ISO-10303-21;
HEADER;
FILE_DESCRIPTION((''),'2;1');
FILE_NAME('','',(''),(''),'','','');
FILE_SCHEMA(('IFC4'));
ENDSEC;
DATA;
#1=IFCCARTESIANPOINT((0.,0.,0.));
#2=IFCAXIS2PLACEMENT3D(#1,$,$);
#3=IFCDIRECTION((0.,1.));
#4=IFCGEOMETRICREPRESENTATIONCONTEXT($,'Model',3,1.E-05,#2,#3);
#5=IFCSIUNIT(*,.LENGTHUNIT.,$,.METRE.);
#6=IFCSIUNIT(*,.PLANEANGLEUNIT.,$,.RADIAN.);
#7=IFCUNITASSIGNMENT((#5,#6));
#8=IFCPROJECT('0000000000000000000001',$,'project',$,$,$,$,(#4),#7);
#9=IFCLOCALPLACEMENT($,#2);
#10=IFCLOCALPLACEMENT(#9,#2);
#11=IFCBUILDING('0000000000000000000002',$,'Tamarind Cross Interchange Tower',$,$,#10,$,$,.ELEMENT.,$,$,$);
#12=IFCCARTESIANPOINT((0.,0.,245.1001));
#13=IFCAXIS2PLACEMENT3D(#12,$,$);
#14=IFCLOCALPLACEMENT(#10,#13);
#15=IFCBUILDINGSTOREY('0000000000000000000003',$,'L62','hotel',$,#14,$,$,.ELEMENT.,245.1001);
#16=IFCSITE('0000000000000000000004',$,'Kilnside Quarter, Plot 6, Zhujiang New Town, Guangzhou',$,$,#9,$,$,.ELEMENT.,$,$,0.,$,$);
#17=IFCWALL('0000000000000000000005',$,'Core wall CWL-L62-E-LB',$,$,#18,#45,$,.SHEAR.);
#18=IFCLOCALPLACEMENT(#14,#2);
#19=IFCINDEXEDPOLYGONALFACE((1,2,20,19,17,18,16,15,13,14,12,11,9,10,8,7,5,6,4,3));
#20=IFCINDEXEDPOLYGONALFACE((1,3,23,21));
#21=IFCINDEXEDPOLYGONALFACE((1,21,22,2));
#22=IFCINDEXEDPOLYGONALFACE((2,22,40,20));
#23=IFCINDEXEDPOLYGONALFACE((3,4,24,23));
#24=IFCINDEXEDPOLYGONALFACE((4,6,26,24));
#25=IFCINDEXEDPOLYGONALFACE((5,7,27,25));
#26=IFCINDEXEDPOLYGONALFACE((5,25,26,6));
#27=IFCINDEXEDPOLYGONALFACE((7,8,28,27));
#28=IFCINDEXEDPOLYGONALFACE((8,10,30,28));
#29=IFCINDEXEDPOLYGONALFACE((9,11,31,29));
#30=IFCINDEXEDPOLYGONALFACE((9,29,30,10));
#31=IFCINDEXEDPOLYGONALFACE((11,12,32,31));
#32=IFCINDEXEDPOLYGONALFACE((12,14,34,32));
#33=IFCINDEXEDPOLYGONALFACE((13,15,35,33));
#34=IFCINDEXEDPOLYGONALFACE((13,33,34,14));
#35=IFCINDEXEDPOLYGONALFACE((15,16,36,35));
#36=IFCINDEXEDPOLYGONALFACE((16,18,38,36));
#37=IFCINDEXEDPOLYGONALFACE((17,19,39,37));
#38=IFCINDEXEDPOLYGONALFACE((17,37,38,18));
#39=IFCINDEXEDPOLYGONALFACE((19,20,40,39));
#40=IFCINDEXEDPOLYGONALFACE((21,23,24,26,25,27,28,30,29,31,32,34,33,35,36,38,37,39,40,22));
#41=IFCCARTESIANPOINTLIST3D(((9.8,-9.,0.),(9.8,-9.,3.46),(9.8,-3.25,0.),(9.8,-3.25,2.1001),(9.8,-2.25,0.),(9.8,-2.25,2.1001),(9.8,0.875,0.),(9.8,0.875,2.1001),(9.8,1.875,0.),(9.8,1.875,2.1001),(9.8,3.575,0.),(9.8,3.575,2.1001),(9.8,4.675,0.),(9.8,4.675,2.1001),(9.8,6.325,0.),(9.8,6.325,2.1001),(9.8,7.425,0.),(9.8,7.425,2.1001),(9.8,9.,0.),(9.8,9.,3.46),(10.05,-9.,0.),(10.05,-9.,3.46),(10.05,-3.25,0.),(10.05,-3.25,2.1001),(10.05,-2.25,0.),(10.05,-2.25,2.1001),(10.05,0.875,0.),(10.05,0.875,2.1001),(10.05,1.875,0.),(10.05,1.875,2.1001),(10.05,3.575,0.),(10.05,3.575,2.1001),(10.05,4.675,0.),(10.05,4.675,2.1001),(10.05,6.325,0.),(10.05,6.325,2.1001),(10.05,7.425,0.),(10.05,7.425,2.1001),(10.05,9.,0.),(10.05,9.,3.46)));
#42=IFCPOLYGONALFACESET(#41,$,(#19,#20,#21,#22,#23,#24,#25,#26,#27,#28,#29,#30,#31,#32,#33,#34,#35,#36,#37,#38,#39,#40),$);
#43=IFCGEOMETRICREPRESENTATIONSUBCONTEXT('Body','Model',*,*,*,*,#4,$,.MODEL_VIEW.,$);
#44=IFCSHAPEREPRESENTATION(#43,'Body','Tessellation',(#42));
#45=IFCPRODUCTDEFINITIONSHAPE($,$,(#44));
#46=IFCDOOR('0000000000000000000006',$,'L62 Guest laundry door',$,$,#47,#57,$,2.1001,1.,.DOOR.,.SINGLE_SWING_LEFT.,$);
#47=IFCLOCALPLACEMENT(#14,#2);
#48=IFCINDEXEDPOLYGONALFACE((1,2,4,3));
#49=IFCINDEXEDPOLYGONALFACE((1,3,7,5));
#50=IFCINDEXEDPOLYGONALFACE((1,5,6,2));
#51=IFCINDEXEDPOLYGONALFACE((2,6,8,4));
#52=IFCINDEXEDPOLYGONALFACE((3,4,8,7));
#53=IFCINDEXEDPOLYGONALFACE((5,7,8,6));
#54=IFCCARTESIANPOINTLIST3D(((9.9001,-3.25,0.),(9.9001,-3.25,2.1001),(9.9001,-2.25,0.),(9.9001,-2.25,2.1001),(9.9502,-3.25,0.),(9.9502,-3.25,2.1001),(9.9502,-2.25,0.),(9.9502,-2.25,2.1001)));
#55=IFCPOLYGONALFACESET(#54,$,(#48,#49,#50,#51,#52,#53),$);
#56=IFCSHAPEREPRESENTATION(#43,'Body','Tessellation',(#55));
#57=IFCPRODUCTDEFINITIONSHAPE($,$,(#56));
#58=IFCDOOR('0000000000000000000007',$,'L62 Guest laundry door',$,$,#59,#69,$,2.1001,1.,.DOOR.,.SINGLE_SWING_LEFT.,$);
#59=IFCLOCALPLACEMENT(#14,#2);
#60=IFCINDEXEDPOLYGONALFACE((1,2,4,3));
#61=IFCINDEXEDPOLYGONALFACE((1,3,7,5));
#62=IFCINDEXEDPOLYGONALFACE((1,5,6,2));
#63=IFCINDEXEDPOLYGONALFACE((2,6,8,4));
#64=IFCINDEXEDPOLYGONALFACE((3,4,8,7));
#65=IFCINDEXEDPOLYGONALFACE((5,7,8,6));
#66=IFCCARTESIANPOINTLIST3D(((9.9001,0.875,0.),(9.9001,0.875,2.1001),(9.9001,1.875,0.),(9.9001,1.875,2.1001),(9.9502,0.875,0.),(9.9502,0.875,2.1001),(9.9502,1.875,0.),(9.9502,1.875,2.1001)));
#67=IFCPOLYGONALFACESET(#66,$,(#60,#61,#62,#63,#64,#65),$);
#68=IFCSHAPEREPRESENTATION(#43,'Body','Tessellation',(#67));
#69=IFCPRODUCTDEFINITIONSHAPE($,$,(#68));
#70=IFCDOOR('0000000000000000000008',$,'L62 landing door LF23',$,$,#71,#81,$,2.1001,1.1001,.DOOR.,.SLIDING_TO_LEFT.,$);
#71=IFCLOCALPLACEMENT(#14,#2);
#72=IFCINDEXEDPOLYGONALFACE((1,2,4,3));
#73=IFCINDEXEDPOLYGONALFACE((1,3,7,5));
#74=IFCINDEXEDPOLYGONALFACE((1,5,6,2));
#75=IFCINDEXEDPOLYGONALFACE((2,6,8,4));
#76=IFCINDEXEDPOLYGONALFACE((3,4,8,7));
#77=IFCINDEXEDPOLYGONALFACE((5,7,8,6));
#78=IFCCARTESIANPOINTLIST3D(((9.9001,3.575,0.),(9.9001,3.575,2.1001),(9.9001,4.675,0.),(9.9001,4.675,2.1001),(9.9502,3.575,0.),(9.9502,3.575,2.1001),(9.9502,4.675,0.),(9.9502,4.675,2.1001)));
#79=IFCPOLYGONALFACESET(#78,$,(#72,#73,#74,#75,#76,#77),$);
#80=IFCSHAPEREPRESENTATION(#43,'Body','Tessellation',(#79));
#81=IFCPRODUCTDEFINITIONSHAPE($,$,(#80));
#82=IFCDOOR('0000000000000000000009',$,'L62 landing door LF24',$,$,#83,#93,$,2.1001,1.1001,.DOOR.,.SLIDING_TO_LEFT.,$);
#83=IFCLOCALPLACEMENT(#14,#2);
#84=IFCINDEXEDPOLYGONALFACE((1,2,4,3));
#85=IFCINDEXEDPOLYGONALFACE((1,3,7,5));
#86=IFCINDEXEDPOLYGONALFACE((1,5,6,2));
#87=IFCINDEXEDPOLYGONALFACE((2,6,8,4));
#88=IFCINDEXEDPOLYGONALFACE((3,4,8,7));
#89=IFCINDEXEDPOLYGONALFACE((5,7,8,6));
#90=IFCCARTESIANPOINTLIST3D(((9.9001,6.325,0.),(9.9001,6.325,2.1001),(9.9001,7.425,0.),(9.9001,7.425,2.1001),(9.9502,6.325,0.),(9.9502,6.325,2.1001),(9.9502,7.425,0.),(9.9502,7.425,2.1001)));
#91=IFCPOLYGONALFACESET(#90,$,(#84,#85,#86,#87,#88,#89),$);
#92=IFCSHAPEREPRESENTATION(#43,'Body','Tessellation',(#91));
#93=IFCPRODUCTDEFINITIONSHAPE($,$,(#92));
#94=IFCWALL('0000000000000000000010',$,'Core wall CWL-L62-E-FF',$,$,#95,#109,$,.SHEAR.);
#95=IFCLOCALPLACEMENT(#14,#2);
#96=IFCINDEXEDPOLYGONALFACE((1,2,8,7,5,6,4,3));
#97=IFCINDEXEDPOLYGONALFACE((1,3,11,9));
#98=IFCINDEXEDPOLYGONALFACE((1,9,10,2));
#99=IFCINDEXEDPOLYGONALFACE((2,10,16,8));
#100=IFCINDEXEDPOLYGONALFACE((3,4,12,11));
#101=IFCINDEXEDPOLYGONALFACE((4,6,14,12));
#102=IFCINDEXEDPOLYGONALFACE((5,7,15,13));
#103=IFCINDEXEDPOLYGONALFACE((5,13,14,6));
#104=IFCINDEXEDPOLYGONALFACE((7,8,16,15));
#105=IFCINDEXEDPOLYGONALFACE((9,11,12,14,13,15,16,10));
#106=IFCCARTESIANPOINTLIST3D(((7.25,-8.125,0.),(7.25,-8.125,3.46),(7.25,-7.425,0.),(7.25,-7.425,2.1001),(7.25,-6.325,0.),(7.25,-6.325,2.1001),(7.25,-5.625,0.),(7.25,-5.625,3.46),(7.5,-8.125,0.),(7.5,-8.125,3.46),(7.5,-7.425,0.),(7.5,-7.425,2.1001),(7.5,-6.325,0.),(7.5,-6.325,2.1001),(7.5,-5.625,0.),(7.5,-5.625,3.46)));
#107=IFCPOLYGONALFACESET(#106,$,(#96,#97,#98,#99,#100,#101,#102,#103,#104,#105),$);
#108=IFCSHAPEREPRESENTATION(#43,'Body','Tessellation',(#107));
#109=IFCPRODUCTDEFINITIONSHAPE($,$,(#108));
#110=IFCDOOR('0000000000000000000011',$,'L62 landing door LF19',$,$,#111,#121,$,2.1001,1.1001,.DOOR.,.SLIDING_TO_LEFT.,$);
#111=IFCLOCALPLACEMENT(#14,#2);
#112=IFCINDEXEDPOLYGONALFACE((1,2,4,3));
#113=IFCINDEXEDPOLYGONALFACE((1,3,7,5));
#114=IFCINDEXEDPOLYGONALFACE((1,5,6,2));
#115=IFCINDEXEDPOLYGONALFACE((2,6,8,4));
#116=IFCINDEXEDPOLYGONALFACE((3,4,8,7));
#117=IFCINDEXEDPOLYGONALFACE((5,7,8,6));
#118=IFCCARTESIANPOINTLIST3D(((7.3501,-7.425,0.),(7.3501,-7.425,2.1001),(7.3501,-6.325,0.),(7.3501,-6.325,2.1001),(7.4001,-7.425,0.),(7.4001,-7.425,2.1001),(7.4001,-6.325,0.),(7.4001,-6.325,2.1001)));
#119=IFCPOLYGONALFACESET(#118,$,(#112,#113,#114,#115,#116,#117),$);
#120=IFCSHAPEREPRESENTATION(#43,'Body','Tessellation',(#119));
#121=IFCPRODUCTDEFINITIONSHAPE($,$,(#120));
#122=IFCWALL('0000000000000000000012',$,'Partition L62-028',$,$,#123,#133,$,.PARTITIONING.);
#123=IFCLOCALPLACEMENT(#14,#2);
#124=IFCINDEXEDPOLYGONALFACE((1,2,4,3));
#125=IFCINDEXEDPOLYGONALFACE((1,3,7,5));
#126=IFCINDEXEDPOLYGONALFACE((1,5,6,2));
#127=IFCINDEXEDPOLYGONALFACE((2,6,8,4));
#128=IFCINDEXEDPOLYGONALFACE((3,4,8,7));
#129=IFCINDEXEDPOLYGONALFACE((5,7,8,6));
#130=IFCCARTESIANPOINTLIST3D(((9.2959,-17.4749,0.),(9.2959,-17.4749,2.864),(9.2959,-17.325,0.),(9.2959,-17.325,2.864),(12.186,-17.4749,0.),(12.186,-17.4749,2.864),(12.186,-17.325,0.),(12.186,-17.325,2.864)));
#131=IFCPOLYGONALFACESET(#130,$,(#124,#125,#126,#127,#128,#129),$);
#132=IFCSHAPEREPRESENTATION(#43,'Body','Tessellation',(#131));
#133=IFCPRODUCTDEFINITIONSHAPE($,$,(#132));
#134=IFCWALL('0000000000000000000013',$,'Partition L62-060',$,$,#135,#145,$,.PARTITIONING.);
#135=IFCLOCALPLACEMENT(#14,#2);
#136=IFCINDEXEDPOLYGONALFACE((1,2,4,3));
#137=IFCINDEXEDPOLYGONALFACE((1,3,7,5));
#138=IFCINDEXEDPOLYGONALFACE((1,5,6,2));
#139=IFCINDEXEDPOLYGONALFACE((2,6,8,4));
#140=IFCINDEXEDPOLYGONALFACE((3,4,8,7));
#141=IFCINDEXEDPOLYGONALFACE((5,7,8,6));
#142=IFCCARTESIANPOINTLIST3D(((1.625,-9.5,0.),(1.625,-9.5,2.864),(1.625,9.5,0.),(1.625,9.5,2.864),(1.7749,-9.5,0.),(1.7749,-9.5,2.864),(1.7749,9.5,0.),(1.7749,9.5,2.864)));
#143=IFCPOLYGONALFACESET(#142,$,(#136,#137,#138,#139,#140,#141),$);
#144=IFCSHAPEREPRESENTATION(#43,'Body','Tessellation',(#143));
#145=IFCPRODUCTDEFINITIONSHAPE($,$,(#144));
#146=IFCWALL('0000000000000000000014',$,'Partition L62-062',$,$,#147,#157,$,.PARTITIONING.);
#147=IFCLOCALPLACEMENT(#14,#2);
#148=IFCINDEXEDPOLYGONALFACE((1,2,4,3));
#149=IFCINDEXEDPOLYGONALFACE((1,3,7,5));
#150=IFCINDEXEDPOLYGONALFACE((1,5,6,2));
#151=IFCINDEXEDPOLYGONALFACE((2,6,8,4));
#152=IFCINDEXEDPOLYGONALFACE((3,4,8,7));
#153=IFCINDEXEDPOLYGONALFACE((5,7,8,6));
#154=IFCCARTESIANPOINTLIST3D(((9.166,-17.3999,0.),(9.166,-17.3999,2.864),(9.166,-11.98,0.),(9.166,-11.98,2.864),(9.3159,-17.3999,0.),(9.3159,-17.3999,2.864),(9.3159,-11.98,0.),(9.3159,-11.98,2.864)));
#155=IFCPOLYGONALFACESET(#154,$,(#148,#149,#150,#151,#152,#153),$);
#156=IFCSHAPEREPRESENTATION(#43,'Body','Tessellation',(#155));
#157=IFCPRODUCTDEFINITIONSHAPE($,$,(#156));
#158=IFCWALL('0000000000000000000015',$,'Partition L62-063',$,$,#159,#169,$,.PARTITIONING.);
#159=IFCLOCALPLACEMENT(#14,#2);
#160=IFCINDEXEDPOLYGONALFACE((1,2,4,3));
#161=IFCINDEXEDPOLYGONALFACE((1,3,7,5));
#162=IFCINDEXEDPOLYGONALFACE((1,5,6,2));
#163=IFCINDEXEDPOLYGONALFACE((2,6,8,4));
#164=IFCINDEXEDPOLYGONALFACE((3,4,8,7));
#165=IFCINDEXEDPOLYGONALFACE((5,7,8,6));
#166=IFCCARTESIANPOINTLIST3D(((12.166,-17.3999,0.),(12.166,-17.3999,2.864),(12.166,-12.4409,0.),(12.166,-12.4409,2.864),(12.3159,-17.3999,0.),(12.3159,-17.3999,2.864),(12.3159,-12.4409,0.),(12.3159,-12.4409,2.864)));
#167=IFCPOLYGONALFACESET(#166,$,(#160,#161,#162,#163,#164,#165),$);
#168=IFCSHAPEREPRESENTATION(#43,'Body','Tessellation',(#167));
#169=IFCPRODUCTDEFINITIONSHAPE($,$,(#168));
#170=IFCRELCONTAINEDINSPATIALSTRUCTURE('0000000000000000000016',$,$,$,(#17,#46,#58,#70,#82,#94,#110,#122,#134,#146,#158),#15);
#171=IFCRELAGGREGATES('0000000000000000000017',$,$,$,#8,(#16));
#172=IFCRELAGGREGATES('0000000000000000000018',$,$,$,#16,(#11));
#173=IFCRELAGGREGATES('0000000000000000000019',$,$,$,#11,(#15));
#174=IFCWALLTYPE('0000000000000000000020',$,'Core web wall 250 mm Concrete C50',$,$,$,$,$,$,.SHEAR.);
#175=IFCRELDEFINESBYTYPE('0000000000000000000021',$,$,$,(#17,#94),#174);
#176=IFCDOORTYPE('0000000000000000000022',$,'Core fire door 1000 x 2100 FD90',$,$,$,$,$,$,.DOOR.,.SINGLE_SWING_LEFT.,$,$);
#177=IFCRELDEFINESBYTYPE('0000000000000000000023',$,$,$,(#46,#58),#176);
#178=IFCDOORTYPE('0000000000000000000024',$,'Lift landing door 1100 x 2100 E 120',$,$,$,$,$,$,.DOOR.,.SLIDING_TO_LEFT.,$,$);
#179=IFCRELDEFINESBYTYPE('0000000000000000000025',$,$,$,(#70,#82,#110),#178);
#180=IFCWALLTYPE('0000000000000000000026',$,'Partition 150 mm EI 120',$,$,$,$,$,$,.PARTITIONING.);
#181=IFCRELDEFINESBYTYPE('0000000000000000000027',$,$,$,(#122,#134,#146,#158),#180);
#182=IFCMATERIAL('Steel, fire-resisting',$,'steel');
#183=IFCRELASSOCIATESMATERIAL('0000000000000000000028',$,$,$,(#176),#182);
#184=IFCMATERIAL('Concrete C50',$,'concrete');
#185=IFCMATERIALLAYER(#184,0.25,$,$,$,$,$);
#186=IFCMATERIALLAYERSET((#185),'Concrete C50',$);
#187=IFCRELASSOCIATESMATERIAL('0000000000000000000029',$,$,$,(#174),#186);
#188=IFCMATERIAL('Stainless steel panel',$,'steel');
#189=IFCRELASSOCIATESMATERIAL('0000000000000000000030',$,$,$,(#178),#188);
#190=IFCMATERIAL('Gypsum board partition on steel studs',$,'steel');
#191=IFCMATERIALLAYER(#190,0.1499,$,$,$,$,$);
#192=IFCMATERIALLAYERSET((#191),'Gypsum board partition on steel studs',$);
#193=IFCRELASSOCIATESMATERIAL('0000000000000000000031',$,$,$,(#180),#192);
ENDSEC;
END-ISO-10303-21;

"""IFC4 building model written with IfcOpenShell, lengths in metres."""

from ifc_helpers import new_model, si_unit, direction, frame, frame_2d, origin, place, context, subcontext, project, spatial, rectangle, extrude, material, layer, layer_set, type_object, element, fill, save


model = new_model("IFC4")

# Units and contexts
model_context = context("Model", 3, precision=1e-05, world=origin(), true_north=direction((0.0, 1.0)))
body_context = subcontext(model_context, "Body", "Model", "MODEL_VIEW")
ifc_project = project(units=[si_unit("LENGTHUNIT", "METRE"), si_unit("PLANEANGLEUNIT", "RADIAN")], contexts=[model_context])

# Site, building, storey
site_placement = place(None, origin())
site = spatial("IfcSite", under=ifc_project, at=site_placement, Name="Kilnside Quarter, Plot 6, Zhujiang New Town, Guangzhou", CompositionType="ELEMENT", RefElevation=0.0)
building_placement = place(site_placement, origin())
building = spatial("IfcBuilding", under=site, at=building_placement, Name="Tamarind Cross Interchange Tower", CompositionType="ELEMENT")
storey_placement = place(building_placement, frame((0.0, 0.0, 245.1001)))
storey = spatial("IfcBuildingStorey", under=building, at=storey_placement, Name="L62", Description="hotel", CompositionType="ELEMENT", Elevation=245.1001)

# Shared definitions
ifc_material_1 = material(Name="Concrete C50", Category="concrete")
ifc_material_2 = material(Name="Steel, fire-resisting", Category="steel")
door_type_1 = type_object("IfcDoorType", Name="Core fire door 1000 x 2100 FD90", OperationType="SINGLE_SWING_LEFT", PredefinedType="DOOR", material=ifc_material_2)

# Shared definitions
ifc_layer_1 = layer(ifc_material_1, 0.25)
ifc_layer_set_1 = layer_set([ifc_layer_1], Name="Concrete C50")
wall_type_1 = type_object("IfcWallType", Name="Core web wall 250 mm Concrete C50", PredefinedType="SHEAR", material=ifc_layer_set_1)

# Wall, openings, doors
wall_1_placement = place(storey_placement, frame((9.925, -9.0, 0.0), z_axis=(0.0, 0.0, 1.0), x_axis=(0.0, 1.0, 0.0)))
wall_1 = element("IfcWall", 1, at=wall_1_placement, inside=storey, type_object=wall_type_1, Name="Core wall CWL-L62-E-LB", PredefinedType="SHEAR", context=body_context, shape_type="SweptSolid", body=[
    extrude(rectangle(XDim=18.0, YDim=0.25, at=frame_2d((9.0, 0.0))), origin(), (0.0, 0.0, 1.0), 3.46),
])
opening_1_placement = place(wall_1_placement, frame((12.575, 0.0, 0.0)))
opening_1 = element("IfcOpeningElement", 2, at=opening_1_placement, cuts=wall_1, PredefinedType="OPENING", context=body_context, shape_type="SweptSolid", body=[
    extrude(rectangle(XDim=1.1001, YDim=2.1001, at=frame_2d((0.55, 1.05))), frame((0.0, 0.135, 0.0), z_axis=(0.0, -1.0, 0.0), x_axis=(1.0, 0.0, 0.0)), (0.0, 0.0, 1.0), 0.27),
])
opening_2_placement = place(wall_1_placement, frame((15.325, 0.0, 0.0)))
opening_2 = element("IfcOpeningElement", 3, at=opening_2_placement, cuts=wall_1, PredefinedType="OPENING", context=body_context, shape_type="SweptSolid", body=[
    extrude(rectangle(XDim=1.1001, YDim=2.1001, at=frame_2d((0.55, 1.05))), frame((0.0, 0.135, 0.0), z_axis=(0.0, -1.0, 0.0), x_axis=(1.0, 0.0, 0.0)), (0.0, 0.0, 1.0), 0.27),
])
opening_3_placement = place(wall_1_placement, frame((5.75, 0.0, 0.0)))
opening_3 = element("IfcOpeningElement", 4, at=opening_3_placement, cuts=wall_1, PredefinedType="OPENING", context=body_context, shape_type="SweptSolid", body=[
    extrude(rectangle(XDim=1.0, YDim=2.1001, at=frame_2d((0.5, 1.05))), frame((0.0, 0.135, 0.0), z_axis=(0.0, -1.0, 0.0), x_axis=(1.0, 0.0, 0.0)), (0.0, 0.0, 1.0), 0.27),
])
opening_4_placement = place(wall_1_placement, frame((9.875, 0.0, 0.0)))
opening_4 = element("IfcOpeningElement", 5, at=opening_4_placement, cuts=wall_1, PredefinedType="OPENING", context=body_context, shape_type="SweptSolid", body=[
    extrude(rectangle(XDim=1.0, YDim=2.1001, at=frame_2d((0.5, 1.05))), frame((0.0, 0.135, 0.0), z_axis=(0.0, -1.0, 0.0), x_axis=(1.0, 0.0, 0.0)), (0.0, 0.0, 1.0), 0.27),
])
door_1_placement = place(opening_3_placement, origin())
door_1 = element("IfcDoor", 6, at=door_1_placement, inside=storey, type_object=door_type_1, Name="L62 Guest laundry door", OperationType="SINGLE_SWING_LEFT", OverallHeight=2.1001, OverallWidth=1.0, PredefinedType="DOOR", context=body_context, shape_type="SweptSolid", body=[
    extrude(rectangle(XDim=1.0, YDim=2.1001, at=frame_2d((0.5, 1.05))), frame((0.0, 0.0249, 0.0), z_axis=(0.0, -1.0, 0.0), x_axis=(1.0, 0.0, 0.0)), (0.0, 0.0, 1.0), 0.05),
])
fill(opening_3, door_1)
door_2_placement = place(opening_4_placement, origin())
door_2 = element("IfcDoor", 7, at=door_2_placement, inside=storey, type_object=door_type_1, Name="L62 Guest laundry door", OperationType="SINGLE_SWING_LEFT", OverallHeight=2.1001, OverallWidth=1.0, PredefinedType="DOOR", context=body_context, shape_type="SweptSolid", body=[
    extrude(rectangle(XDim=1.0, YDim=2.1001, at=frame_2d((0.5, 1.05))), frame((0.0, 0.0249, 0.0), z_axis=(0.0, -1.0, 0.0), x_axis=(1.0, 0.0, 0.0)), (0.0, 0.0, 1.0), 0.05),
])
fill(opening_4, door_2)
ifc_material_3 = material(Name="Stainless steel panel", Category="steel")
door_type_2 = type_object("IfcDoorType", Name="Lift landing door 1100 x 2100 E 120", OperationType="SLIDING_TO_LEFT", PredefinedType="DOOR", material=ifc_material_3)
door_3_placement = place(opening_1_placement, origin())
door_3 = element("IfcDoor", 8, at=door_3_placement, inside=storey, type_object=door_type_2, Name="L62 landing door LF23", OperationType="SLIDING_TO_LEFT", OverallHeight=2.1001, OverallWidth=1.1001, PredefinedType="DOOR", context=body_context, shape_type="SweptSolid", body=[
    extrude(rectangle(XDim=1.1001, YDim=2.1001, at=frame_2d((0.55, 1.05))), frame((0.0, 0.0249, 0.0), z_axis=(0.0, -1.0, 0.0), x_axis=(1.0, 0.0, 0.0)), (0.0, 0.0, 1.0), 0.05),
])
fill(opening_1, door_3)
door_4_placement = place(opening_2_placement, origin())
door_4 = element("IfcDoor", 9, at=door_4_placement, inside=storey, type_object=door_type_2, Name="L62 landing door LF24", OperationType="SLIDING_TO_LEFT", OverallHeight=2.1001, OverallWidth=1.1001, PredefinedType="DOOR", context=body_context, shape_type="SweptSolid", body=[
    extrude(rectangle(XDim=1.1001, YDim=2.1001, at=frame_2d((0.55, 1.05))), frame((0.0, 0.0249, 0.0), z_axis=(0.0, -1.0, 0.0), x_axis=(1.0, 0.0, 0.0)), (0.0, 0.0, 1.0), 0.05),
])
fill(opening_2, door_4)

# Wall, opening, door
wall_2_placement = place(storey_placement, frame((7.375, -8.125, 0.0), z_axis=(0.0, 0.0, 1.0), x_axis=(0.0, 1.0, 0.0)))
wall_2 = element("IfcWall", 10, at=wall_2_placement, inside=storey, type_object=wall_type_1, Name="Core wall CWL-L62-E-FF", PredefinedType="SHEAR", context=body_context, shape_type="SweptSolid", body=[
    extrude(rectangle(XDim=2.5, YDim=0.25, at=frame_2d((1.25, 0.0))), origin(), (0.0, 0.0, 1.0), 3.46),
])
opening_5_placement = place(wall_2_placement, frame((0.7, 0.0, 0.0)))
opening_5 = element("IfcOpeningElement", 11, at=opening_5_placement, cuts=wall_2, PredefinedType="OPENING", context=body_context, shape_type="SweptSolid", body=[
    extrude(rectangle(XDim=1.1001, YDim=2.1001, at=frame_2d((0.55, 1.05))), frame((0.0, 0.135, 0.0), z_axis=(0.0, -1.0, 0.0), x_axis=(1.0, 0.0, 0.0)), (0.0, 0.0, 1.0), 0.27),
])
door_5_placement = place(opening_5_placement, origin())
door_5 = element("IfcDoor", 12, at=door_5_placement, inside=storey, type_object=door_type_2, Name="L62 landing door LF19", OperationType="SLIDING_TO_LEFT", OverallHeight=2.1001, OverallWidth=1.1001, PredefinedType="DOOR", context=body_context, shape_type="SweptSolid", body=[
    extrude(rectangle(XDim=1.1001, YDim=2.1001, at=frame_2d((0.55, 1.05))), frame((0.0, 0.0249, 0.0), z_axis=(0.0, -1.0, 0.0), x_axis=(1.0, 0.0, 0.0)), (0.0, 0.0, 1.0), 0.05),
])
fill(opening_5, door_5)

# Walls
ifc_material_4 = material(Name="Gypsum board partition on steel studs", Category="steel")
ifc_layer_2 = layer(ifc_material_4, 0.1499)
ifc_layer_set_2 = layer_set([ifc_layer_2], Name="Gypsum board partition on steel studs")
wall_type_2 = type_object("IfcWallType", Name="Partition 150 mm EI 120", PredefinedType="PARTITIONING", material=ifc_layer_set_2)
wall_3_placement = place(storey_placement, frame((9.2959, -17.3999, 0.0), z_axis=(0.0, 0.0, 1.0), x_axis=(1.0, 0.0, 0.0)))
element("IfcWall", 13, at=wall_3_placement, inside=storey, type_object=wall_type_2, Name="Partition L62-028", PredefinedType="PARTITIONING", context=body_context, shape_type="SweptSolid", body=[
    extrude(rectangle(XDim=2.8901, YDim=0.1499, at=frame_2d((1.4451, 0.0))), origin(), (0.0, 0.0, 1.0), 2.864),
])
wall_4_placement = place(storey_placement, frame((1.7, -9.5, 0.0), z_axis=(0.0, 0.0, 1.0), x_axis=(0.0, 1.0, 0.0)))
element("IfcWall", 14, at=wall_4_placement, inside=storey, type_object=wall_type_2, Name="Partition L62-060", PredefinedType="PARTITIONING", context=body_context, shape_type="SweptSolid", body=[
    extrude(rectangle(XDim=19.0, YDim=0.1499, at=frame_2d((9.5, 0.0))), origin(), (0.0, 0.0, 1.0), 2.864),
])
wall_5_placement = place(storey_placement, frame((9.241, -17.3999, 0.0), z_axis=(0.0, 0.0, 1.0), x_axis=(0.0, 1.0, 0.0)))
element("IfcWall", 15, at=wall_5_placement, inside=storey, type_object=wall_type_2, Name="Partition L62-062", PredefinedType="PARTITIONING", context=body_context, shape_type="SweptSolid", body=[
    extrude(rectangle(XDim=5.4199, YDim=0.1499, at=frame_2d((2.71, 0.0))), origin(), (0.0, 0.0, 1.0), 2.864),
])
wall_6_placement = place(storey_placement, frame((12.241, -17.3999, 0.0), z_axis=(0.0, 0.0, 1.0), x_axis=(0.0, 1.0, 0.0)))
element("IfcWall", 16, at=wall_6_placement, inside=storey, type_object=wall_type_2, Name="Partition L62-063", PredefinedType="PARTITIONING", context=body_context, shape_type="SweptSolid", body=[
    extrude(rectangle(XDim=4.959, YDim=0.1499, at=frame_2d((2.4795, 0.0))), origin(), (0.0, 0.0, 1.0), 2.864),
])

save(model, "model.ifc")
